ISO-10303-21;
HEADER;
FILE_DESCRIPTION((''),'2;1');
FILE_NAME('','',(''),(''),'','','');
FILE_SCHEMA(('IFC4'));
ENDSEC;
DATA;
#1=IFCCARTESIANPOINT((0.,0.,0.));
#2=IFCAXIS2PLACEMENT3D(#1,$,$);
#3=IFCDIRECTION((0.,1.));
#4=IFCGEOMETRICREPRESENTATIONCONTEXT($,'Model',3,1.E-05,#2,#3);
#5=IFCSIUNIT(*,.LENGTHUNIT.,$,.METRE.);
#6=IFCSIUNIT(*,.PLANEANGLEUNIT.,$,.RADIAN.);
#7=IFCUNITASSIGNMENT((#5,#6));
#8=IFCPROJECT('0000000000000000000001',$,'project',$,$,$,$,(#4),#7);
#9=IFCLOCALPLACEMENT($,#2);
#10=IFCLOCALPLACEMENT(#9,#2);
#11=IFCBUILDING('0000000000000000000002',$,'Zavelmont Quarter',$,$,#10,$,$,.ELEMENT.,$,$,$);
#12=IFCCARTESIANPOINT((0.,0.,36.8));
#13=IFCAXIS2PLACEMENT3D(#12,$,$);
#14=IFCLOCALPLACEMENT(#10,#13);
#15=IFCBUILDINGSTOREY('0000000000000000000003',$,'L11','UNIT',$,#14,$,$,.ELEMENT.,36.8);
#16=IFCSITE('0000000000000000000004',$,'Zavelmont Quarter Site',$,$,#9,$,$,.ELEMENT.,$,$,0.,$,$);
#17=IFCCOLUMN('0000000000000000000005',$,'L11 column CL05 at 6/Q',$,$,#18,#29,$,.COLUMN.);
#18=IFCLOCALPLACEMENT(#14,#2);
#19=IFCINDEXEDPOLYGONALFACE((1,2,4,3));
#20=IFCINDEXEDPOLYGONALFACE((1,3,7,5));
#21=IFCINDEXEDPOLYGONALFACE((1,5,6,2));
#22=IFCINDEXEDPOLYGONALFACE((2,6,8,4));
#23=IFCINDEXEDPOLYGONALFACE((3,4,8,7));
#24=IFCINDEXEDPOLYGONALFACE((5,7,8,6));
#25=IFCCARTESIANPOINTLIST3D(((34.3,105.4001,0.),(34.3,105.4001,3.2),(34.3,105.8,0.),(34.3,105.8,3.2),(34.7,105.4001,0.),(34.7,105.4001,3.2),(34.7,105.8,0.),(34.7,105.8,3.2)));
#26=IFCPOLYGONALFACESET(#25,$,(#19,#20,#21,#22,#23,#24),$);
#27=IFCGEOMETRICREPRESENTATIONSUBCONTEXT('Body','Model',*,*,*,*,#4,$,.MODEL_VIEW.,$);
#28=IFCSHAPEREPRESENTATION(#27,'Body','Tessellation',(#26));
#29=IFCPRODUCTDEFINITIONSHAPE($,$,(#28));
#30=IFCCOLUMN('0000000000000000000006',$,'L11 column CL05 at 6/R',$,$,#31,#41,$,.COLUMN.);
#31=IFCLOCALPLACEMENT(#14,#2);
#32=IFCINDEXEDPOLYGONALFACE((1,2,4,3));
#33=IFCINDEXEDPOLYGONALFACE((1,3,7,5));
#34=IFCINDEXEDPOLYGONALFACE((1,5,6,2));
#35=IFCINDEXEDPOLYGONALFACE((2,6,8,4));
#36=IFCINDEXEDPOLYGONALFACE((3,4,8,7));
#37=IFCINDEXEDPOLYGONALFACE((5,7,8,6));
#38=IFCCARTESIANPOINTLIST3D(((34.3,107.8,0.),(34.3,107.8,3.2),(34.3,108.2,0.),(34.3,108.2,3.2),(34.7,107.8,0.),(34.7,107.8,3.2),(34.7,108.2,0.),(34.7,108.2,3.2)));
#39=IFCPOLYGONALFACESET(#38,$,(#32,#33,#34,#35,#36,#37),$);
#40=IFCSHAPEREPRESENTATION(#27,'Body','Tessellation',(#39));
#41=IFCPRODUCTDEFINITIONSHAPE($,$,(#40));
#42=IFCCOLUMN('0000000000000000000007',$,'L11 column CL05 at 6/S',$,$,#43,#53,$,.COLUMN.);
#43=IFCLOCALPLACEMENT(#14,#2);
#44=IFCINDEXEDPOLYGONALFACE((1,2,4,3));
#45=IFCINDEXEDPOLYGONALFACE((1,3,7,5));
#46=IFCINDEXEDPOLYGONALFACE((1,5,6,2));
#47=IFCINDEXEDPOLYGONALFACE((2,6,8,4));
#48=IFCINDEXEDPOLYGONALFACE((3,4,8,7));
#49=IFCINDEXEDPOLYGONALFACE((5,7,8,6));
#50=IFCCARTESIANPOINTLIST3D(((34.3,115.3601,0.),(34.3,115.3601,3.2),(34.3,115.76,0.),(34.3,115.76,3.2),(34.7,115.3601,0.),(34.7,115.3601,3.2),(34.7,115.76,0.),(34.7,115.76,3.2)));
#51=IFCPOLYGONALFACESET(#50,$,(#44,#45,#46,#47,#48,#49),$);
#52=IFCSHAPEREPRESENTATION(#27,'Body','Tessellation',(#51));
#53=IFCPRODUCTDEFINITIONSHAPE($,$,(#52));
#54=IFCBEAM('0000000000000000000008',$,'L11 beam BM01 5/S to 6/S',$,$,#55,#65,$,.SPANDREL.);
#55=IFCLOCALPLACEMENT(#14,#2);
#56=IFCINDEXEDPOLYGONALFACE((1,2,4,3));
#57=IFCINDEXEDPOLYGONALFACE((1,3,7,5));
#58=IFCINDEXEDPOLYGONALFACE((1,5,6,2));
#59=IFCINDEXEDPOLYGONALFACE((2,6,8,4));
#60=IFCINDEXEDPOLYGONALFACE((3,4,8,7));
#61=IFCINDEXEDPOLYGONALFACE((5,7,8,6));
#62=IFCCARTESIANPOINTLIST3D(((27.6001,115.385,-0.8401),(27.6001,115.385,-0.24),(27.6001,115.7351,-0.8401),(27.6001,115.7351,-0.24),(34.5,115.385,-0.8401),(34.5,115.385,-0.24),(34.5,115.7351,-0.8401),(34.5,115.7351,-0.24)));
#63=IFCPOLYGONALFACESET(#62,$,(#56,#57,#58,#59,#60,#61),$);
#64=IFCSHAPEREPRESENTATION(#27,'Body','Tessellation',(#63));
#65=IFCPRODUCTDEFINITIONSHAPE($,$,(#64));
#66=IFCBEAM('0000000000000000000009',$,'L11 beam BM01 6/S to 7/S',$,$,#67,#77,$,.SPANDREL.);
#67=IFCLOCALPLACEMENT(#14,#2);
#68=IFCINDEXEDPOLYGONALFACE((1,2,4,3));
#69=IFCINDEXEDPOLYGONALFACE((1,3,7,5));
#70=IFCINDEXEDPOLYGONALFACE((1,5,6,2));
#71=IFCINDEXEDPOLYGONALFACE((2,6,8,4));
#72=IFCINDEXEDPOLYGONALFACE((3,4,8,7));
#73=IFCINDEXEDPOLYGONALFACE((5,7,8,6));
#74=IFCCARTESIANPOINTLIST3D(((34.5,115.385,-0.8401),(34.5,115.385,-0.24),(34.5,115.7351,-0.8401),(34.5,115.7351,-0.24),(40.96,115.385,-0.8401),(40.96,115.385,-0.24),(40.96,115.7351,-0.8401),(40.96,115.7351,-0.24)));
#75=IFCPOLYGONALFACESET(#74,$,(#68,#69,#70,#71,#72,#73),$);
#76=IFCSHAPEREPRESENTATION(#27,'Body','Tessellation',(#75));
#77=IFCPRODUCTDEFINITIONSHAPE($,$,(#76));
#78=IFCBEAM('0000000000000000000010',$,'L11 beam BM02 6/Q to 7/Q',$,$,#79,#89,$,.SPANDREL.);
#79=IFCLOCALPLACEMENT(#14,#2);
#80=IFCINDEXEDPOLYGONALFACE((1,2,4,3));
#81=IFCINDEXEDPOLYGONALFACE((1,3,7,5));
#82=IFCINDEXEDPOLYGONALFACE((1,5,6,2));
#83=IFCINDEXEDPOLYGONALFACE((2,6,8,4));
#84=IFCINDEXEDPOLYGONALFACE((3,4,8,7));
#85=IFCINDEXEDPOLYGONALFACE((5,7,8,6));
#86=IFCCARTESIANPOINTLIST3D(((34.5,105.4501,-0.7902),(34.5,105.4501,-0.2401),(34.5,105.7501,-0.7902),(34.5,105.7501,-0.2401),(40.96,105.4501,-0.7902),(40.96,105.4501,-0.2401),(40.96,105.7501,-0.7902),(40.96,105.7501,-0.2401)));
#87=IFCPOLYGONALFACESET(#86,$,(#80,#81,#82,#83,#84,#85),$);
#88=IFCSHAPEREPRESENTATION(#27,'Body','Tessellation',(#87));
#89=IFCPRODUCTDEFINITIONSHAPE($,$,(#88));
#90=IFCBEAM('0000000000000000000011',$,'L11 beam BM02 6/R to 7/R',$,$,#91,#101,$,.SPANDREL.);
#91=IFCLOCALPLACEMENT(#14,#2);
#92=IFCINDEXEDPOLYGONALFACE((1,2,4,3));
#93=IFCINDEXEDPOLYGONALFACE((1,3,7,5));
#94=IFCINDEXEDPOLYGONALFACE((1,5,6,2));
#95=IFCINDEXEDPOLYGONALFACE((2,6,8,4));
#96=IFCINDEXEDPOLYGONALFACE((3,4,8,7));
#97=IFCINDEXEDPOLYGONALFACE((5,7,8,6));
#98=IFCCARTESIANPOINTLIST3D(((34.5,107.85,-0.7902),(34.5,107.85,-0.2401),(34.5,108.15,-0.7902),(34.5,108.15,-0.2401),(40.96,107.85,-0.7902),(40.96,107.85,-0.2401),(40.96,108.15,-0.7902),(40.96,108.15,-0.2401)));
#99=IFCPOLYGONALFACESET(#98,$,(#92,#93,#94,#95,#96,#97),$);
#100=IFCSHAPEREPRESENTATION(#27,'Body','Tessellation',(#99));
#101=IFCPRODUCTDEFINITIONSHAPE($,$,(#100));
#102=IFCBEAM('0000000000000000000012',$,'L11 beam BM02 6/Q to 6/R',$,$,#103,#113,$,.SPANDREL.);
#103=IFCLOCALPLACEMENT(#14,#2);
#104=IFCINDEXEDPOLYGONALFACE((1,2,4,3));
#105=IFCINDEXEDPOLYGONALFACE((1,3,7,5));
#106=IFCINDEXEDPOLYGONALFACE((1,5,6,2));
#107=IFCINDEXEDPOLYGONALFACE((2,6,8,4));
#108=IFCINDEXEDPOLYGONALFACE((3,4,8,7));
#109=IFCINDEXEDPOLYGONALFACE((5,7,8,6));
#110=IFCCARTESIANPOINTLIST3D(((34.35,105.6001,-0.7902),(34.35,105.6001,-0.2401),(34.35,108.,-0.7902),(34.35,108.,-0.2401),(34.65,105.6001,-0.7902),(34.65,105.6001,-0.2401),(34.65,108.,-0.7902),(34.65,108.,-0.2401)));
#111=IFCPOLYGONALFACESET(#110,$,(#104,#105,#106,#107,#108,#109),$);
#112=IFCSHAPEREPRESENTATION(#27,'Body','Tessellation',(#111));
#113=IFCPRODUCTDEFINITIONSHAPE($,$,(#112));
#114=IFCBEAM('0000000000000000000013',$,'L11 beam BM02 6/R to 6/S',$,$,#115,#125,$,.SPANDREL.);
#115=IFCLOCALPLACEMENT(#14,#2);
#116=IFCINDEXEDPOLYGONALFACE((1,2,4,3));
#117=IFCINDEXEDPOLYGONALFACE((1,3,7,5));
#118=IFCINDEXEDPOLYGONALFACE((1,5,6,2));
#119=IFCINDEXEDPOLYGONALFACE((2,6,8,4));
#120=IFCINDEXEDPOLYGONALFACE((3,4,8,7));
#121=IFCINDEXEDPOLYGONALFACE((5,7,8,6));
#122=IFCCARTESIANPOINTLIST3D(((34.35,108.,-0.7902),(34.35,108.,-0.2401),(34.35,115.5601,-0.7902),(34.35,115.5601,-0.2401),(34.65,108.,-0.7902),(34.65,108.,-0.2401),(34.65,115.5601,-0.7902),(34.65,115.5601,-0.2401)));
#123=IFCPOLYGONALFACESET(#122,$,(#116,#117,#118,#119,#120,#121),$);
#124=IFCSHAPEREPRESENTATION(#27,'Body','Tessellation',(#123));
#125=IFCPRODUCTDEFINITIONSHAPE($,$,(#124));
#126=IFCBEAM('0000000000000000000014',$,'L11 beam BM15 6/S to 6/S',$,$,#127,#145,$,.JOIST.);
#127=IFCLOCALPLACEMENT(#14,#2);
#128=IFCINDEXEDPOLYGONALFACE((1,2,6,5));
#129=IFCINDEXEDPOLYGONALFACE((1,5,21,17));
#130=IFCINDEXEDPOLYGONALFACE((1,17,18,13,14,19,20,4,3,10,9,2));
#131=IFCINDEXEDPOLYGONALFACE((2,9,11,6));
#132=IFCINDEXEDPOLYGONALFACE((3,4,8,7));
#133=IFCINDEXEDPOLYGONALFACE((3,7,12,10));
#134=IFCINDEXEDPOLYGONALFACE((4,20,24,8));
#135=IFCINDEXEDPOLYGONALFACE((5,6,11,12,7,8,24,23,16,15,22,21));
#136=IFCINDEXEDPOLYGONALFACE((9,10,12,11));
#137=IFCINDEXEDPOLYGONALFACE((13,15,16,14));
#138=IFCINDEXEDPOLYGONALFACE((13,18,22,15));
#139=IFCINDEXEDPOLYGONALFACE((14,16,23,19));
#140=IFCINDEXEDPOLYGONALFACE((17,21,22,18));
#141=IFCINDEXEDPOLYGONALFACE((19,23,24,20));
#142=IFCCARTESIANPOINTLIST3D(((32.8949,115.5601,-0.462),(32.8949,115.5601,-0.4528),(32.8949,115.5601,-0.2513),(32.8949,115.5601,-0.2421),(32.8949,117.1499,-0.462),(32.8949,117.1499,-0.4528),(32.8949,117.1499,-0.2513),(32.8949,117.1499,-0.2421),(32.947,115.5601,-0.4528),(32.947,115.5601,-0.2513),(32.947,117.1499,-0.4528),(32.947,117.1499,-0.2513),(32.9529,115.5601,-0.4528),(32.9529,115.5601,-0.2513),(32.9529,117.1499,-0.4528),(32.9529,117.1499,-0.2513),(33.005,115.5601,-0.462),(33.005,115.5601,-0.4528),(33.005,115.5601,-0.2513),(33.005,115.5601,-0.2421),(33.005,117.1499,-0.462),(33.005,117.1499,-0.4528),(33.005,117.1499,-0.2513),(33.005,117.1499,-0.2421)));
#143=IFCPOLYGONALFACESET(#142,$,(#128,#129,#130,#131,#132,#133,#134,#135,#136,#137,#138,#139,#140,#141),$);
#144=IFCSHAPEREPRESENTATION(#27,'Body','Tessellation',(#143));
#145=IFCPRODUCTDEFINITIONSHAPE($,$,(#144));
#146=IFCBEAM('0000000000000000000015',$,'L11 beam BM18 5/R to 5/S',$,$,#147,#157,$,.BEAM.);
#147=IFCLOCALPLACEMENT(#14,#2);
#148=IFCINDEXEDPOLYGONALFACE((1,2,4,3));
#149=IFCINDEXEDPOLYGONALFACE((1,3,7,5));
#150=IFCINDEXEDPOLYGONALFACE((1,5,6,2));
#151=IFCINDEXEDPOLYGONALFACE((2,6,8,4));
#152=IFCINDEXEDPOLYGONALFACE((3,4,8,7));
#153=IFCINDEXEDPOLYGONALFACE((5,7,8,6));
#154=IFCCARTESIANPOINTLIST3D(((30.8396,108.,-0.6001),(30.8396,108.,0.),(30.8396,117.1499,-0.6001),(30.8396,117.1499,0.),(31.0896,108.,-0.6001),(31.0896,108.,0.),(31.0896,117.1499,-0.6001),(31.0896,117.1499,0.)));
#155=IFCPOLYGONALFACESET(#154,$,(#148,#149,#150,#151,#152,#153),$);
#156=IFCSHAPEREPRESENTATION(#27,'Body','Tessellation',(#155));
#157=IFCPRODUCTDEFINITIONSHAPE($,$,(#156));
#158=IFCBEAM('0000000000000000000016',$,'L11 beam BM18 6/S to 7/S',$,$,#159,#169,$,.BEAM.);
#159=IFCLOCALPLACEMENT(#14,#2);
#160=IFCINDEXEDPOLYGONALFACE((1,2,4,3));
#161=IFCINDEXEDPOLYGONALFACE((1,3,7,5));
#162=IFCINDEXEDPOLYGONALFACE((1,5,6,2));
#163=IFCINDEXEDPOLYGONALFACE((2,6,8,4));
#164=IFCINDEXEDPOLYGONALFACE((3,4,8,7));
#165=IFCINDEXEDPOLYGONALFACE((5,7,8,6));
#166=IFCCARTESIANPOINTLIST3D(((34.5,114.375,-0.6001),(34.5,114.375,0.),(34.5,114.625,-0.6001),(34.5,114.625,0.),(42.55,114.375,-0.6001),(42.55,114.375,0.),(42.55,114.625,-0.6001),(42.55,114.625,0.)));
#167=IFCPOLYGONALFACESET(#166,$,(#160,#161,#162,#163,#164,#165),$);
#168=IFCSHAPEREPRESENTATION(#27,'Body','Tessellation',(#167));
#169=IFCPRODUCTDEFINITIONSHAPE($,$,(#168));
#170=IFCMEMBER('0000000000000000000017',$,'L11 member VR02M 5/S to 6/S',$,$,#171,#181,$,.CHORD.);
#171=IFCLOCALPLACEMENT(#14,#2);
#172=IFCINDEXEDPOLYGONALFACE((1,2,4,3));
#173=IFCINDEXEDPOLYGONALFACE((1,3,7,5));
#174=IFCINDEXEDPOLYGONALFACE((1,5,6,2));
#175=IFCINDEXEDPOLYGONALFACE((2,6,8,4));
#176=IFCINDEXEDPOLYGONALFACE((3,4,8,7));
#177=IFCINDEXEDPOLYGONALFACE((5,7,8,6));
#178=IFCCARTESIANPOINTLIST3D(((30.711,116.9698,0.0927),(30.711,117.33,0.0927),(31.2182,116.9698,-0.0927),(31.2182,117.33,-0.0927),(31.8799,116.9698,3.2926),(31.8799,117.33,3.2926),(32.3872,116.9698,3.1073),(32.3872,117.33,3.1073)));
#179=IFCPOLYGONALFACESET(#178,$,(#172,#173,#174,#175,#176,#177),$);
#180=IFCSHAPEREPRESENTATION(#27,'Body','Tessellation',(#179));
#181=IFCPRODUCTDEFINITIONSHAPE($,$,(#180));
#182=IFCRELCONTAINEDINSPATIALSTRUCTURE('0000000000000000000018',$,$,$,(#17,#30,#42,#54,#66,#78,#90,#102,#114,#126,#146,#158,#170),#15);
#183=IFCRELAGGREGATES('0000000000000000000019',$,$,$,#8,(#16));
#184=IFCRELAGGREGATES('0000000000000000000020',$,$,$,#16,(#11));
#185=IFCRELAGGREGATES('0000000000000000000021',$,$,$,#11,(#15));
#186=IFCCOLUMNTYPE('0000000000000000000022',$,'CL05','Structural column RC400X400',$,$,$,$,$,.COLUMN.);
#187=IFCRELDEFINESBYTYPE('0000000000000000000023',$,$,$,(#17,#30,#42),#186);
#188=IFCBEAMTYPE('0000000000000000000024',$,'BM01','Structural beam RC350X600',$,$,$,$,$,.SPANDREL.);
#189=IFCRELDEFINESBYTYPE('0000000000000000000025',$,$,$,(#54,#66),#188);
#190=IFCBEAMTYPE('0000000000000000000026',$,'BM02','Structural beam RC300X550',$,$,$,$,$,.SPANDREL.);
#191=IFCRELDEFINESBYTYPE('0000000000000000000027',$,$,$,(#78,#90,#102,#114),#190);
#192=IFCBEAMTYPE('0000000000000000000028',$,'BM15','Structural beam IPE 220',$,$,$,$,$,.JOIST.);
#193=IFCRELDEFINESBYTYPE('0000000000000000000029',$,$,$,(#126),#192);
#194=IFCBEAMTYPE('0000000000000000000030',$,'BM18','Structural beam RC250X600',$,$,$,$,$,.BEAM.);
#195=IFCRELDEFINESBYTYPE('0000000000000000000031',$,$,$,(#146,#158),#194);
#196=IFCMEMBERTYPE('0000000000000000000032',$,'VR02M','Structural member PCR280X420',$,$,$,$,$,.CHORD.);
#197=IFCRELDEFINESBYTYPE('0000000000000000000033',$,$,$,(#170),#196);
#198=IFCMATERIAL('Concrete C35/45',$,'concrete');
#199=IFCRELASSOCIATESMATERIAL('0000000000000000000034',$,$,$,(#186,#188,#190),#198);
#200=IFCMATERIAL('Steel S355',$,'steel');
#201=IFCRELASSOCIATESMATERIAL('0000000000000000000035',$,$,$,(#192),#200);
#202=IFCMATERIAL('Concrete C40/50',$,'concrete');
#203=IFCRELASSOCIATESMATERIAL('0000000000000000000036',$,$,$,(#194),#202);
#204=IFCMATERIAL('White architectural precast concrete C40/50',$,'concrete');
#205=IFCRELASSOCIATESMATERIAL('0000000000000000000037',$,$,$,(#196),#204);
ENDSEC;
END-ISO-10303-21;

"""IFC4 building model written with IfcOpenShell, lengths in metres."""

from ifc_helpers import new_model, si_unit, direction, frame, origin, origin_2d, place, context, subcontext, project, spatial, rectangle, i_section, extrude, material, material_profile, profile_set, type_object, element, save


model = new_model("IFC4")

# Units and contexts
model_context = context("Model", 3, precision=1e-05, world=origin(), true_north=direction((0.0, 1.0)))
body_context = subcontext(model_context, "Body", "Model", "MODEL_VIEW")
ifc_project = project(units=[si_unit("LENGTHUNIT", "METRE"), si_unit("PLANEANGLEUNIT", "RADIAN")], contexts=[model_context])

# Site, building, storey
site_placement = place(None, origin())
site = spatial("IfcSite", under=ifc_project, at=site_placement, Name="Zavelmont Quarter Site", CompositionType="ELEMENT", RefElevation=0.0)
building_placement = place(site_placement, origin())
building = spatial("IfcBuilding", under=site, at=building_placement, Name="Zavelmont Quarter", CompositionType="ELEMENT")
storey_placement = place(building_placement, frame((0.0, 0.0, 36.8)))
storey = spatial("IfcBuildingStorey", under=building, at=storey_placement, Name="L11", Description="UNIT", CompositionType="ELEMENT", Elevation=36.8)

# Columns
ifc_material_1 = material(Name="Concrete C35/45", Category="concrete")
ifc_material_profile_1 = material_profile(ifc_material_1, rectangle(XDim=0.3999, YDim=0.3999, at=origin_2d()), Name="RC400X400")
ifc_profile_set_1 = profile_set([ifc_material_profile_1], Name="Concrete C35/45")
column_type = type_object("IfcColumnType", Name="CL05", Description="Structural column RC400X400", PredefinedType="COLUMN", material=ifc_profile_set_1)
for number, where, z_axis, x_axis, name in (
    (1, (34.5, 105.6001, 0.0), (0.0, 0.0, 1.0), (1.0, 0.0, 0.0), "L11 column CL05 at 6/Q"),
    (2, (34.5, 108.0, 0.0), (0.0, 0.0, 1.0), (1.0, 0.0, 0.0), "L11 column CL05 at 6/R"),
    (3, (34.5, 115.5601, 0.0), (0.0, 0.0, 1.0), (1.0, 0.0, 0.0), "L11 column CL05 at 6/S"),
):
    element("IfcColumn", number, at=place(storey_placement, frame(where, z_axis=z_axis, x_axis=x_axis)), inside=storey, type_object=column_type, Name=name, PredefinedType="COLUMN", context=body_context, shape_type="SweptSolid", body=[
        extrude(rectangle(XDim=0.3999, YDim=0.3999, at=origin_2d()), origin(), (0.0, 0.0, 1.0), 3.2),
    ])

# Beams
ifc_material_profile_2 = material_profile(ifc_material_1, rectangle(XDim=0.3501, YDim=0.6001, at=origin_2d()), Name="RC350X600")
ifc_profile_set_2 = profile_set([ifc_material_profile_2], Name="Concrete C35/45")
beam_type_1 = type_object("IfcBeamType", Name="BM01", Description="Structural beam RC350X600", PredefinedType="SPANDREL", material=ifc_profile_set_2)
beam_1_placement = place(storey_placement, frame((27.6001, 115.5601, -0.54), z_axis=(1.0, 0.0, 0.0), x_axis=(0.0, 1.0, 0.0)))
element("IfcBeam", 4, at=beam_1_placement, inside=storey, type_object=beam_type_1, Name="L11 beam BM01 5/S to 6/S", PredefinedType="SPANDREL", context=body_context, shape_type="SweptSolid", body=[
    extrude(rectangle(XDim=0.3501, YDim=0.6001, at=origin_2d()), origin(), (0.0, 0.0, 1.0), 6.8999),
])
beam_2_placement = place(storey_placement, frame((34.5, 115.5601, -0.54), z_axis=(1.0, 0.0, 0.0), x_axis=(0.0, 1.0, 0.0)))
element("IfcBeam", 5, at=beam_2_placement, inside=storey, type_object=beam_type_1, Name="L11 beam BM01 6/S to 7/S", PredefinedType="SPANDREL", context=body_context, shape_type="SweptSolid", body=[
    extrude(rectangle(XDim=0.3501, YDim=0.6001, at=origin_2d()), origin(), (0.0, 0.0, 1.0), 6.46),
])
ifc_material_profile_3 = material_profile(ifc_material_1, rectangle(XDim=0.3, YDim=0.55, at=origin_2d()), Name="RC300X550")
ifc_profile_set_3 = profile_set([ifc_material_profile_3], Name="Concrete C35/45")
beam_type_2 = type_object("IfcBeamType", Name="BM02", Description="Structural beam RC300X550", PredefinedType="SPANDREL", material=ifc_profile_set_3)
for number, where, z_axis, x_axis, name in (
    (6, (34.5, 105.6001, -0.5151), (1.0, 0.0, 0.0), (0.0, 1.0, 0.0), "L11 beam BM02 6/Q to 7/Q"),
    (7, (34.5, 108.0, -0.5151), (1.0, 0.0, 0.0), (0.0, 1.0, 0.0), "L11 beam BM02 6/R to 7/R"),
):
    element("IfcBeam", number, at=place(storey_placement, frame(where, z_axis=z_axis, x_axis=x_axis)), inside=storey, type_object=beam_type_2, Name=name, PredefinedType="SPANDREL", context=body_context, shape_type="SweptSolid", body=[
        extrude(rectangle(XDim=0.3, YDim=0.55, at=origin_2d()), origin(), (0.0, 0.0, 1.0), 6.46),
    ])
beam_3_placement = place(storey_placement, frame((34.5, 105.6001, -0.5151), z_axis=(0.0, 1.0, 0.0), x_axis=(-1.0, 0.0, 0.0)))
element("IfcBeam", 8, at=beam_3_placement, inside=storey, type_object=beam_type_2, Name="L11 beam BM02 6/Q to 6/R", PredefinedType="SPANDREL", context=body_context, shape_type="SweptSolid", body=[
    extrude(rectangle(XDim=0.3, YDim=0.55, at=origin_2d()), origin(), (0.0, 0.0, 1.0), 2.3999),
])
beam_4_placement = place(storey_placement, frame((34.5, 108.0, -0.5151), z_axis=(0.0, 1.0, 0.0), x_axis=(-1.0, 0.0, 0.0)))
element("IfcBeam", 9, at=beam_4_placement, inside=storey, type_object=beam_type_2, Name="L11 beam BM02 6/R to 6/S", PredefinedType="SPANDREL", context=body_context, shape_type="SweptSolid", body=[
    extrude(rectangle(XDim=0.3, YDim=0.55, at=origin_2d()), origin(), (0.0, 0.0, 1.0), 7.5601),
])
ifc_material_2 = material(Name="Steel S355", Category="steel")
ifc_material_profile_4 = material_profile(ifc_material_2, i_section(OverallWidth=0.1101, OverallDepth=0.22, WebThickness=0.0059, FlangeThickness=0.0093, at=origin_2d()), Name="IPE 220")
ifc_profile_set_4 = profile_set([ifc_material_profile_4], Name="Steel S355")
beam_type_3 = type_object("IfcBeamType", Name="BM15", Description="Structural beam IPE 220", PredefinedType="JOIST", material=ifc_profile_set_4)
beam_5_placement = place(storey_placement, frame((32.95, 115.5601, -0.3521), z_axis=(0.0, 1.0, 0.0), x_axis=(-1.0, 0.0, 0.0)))
element("IfcBeam", 10, at=beam_5_placement, inside=storey, type_object=beam_type_3, Name="L11 beam BM15 6/S to 6/S", PredefinedType="JOIST", context=body_context, shape_type="SweptSolid", body=[
    extrude(i_section(OverallWidth=0.1101, OverallDepth=0.22, WebThickness=0.0059, FlangeThickness=0.0093, at=origin_2d()), origin(), (0.0, 0.0, 1.0), 1.5898),
])
ifc_material_3 = material(Name="Concrete C40/50", Category="concrete")
ifc_material_profile_5 = material_profile(ifc_material_3, rectangle(XDim=0.25, YDim=0.6001, at=origin_2d()), Name="RC250X600")
ifc_profile_set_5 = profile_set([ifc_material_profile_5], Name="Concrete C40/50")
beam_type_4 = type_object("IfcBeamType", Name="BM18", Description="Structural beam RC250X600", PredefinedType="BEAM", material=ifc_profile_set_5)
beam_6_placement = place(storey_placement, frame((30.9646, 108.0, -0.3), z_axis=(0.0, 1.0, 0.0), x_axis=(-1.0, 0.0, 0.0)))
element("IfcBeam", 11, at=beam_6_placement, inside=storey, type_object=beam_type_4, Name="L11 beam BM18 5/R to 5/S", PredefinedType="BEAM", context=body_context, shape_type="SweptSolid", body=[
    extrude(rectangle(XDim=0.25, YDim=0.6001, at=origin_2d()), origin(), (0.0, 0.0, 1.0), 9.1499),
])
beam_7_placement = place(storey_placement, frame((34.5, 114.5, -0.3), z_axis=(1.0, 0.0, 0.0), x_axis=(0.0, 1.0, 0.0)))
element("IfcBeam", 12, at=beam_7_placement, inside=storey, type_object=beam_type_4, Name="L11 beam BM18 6/S to 7/S", PredefinedType="BEAM", context=body_context, shape_type="SweptSolid", body=[
    extrude(rectangle(XDim=0.25, YDim=0.6001, at=origin_2d()), origin(), (0.0, 0.0, 1.0), 8.05),
])

# Member
ifc_material_4 = material(Name="White architectural precast concrete C40/50", Category="concrete")
ifc_material_profile_6 = material_profile(ifc_material_4, rectangle(XDim=0.3601, YDim=0.54, at=origin_2d()), Name="PCR280X420")
ifc_profile_set_6 = profile_set([ifc_material_profile_6], Name="White architectural precast concrete C40/50")
member_type = type_object("IfcMemberType", Name="VR02M", Description="Structural member PCR280X420", PredefinedType="CHORD", material=ifc_profile_set_6)
member_placement = place(storey_placement, frame((30.9646, 117.1499, 0.0), z_axis=(0.343124, 0.0, 0.93929), x_axis=(0.0, 1.0, 0.0)))
element("IfcMember", 13, at=member_placement, inside=storey, type_object=member_type, Name="L11 member VR02M 5/S to 6/S", PredefinedType="CHORD", context=body_context, shape_type="SweptSolid", body=[
    extrude(rectangle(XDim=0.3601, YDim=0.54, at=origin_2d()), origin(), (0.0, 0.0, 1.0), 3.4067),
])

save(model, "model.ifc")
